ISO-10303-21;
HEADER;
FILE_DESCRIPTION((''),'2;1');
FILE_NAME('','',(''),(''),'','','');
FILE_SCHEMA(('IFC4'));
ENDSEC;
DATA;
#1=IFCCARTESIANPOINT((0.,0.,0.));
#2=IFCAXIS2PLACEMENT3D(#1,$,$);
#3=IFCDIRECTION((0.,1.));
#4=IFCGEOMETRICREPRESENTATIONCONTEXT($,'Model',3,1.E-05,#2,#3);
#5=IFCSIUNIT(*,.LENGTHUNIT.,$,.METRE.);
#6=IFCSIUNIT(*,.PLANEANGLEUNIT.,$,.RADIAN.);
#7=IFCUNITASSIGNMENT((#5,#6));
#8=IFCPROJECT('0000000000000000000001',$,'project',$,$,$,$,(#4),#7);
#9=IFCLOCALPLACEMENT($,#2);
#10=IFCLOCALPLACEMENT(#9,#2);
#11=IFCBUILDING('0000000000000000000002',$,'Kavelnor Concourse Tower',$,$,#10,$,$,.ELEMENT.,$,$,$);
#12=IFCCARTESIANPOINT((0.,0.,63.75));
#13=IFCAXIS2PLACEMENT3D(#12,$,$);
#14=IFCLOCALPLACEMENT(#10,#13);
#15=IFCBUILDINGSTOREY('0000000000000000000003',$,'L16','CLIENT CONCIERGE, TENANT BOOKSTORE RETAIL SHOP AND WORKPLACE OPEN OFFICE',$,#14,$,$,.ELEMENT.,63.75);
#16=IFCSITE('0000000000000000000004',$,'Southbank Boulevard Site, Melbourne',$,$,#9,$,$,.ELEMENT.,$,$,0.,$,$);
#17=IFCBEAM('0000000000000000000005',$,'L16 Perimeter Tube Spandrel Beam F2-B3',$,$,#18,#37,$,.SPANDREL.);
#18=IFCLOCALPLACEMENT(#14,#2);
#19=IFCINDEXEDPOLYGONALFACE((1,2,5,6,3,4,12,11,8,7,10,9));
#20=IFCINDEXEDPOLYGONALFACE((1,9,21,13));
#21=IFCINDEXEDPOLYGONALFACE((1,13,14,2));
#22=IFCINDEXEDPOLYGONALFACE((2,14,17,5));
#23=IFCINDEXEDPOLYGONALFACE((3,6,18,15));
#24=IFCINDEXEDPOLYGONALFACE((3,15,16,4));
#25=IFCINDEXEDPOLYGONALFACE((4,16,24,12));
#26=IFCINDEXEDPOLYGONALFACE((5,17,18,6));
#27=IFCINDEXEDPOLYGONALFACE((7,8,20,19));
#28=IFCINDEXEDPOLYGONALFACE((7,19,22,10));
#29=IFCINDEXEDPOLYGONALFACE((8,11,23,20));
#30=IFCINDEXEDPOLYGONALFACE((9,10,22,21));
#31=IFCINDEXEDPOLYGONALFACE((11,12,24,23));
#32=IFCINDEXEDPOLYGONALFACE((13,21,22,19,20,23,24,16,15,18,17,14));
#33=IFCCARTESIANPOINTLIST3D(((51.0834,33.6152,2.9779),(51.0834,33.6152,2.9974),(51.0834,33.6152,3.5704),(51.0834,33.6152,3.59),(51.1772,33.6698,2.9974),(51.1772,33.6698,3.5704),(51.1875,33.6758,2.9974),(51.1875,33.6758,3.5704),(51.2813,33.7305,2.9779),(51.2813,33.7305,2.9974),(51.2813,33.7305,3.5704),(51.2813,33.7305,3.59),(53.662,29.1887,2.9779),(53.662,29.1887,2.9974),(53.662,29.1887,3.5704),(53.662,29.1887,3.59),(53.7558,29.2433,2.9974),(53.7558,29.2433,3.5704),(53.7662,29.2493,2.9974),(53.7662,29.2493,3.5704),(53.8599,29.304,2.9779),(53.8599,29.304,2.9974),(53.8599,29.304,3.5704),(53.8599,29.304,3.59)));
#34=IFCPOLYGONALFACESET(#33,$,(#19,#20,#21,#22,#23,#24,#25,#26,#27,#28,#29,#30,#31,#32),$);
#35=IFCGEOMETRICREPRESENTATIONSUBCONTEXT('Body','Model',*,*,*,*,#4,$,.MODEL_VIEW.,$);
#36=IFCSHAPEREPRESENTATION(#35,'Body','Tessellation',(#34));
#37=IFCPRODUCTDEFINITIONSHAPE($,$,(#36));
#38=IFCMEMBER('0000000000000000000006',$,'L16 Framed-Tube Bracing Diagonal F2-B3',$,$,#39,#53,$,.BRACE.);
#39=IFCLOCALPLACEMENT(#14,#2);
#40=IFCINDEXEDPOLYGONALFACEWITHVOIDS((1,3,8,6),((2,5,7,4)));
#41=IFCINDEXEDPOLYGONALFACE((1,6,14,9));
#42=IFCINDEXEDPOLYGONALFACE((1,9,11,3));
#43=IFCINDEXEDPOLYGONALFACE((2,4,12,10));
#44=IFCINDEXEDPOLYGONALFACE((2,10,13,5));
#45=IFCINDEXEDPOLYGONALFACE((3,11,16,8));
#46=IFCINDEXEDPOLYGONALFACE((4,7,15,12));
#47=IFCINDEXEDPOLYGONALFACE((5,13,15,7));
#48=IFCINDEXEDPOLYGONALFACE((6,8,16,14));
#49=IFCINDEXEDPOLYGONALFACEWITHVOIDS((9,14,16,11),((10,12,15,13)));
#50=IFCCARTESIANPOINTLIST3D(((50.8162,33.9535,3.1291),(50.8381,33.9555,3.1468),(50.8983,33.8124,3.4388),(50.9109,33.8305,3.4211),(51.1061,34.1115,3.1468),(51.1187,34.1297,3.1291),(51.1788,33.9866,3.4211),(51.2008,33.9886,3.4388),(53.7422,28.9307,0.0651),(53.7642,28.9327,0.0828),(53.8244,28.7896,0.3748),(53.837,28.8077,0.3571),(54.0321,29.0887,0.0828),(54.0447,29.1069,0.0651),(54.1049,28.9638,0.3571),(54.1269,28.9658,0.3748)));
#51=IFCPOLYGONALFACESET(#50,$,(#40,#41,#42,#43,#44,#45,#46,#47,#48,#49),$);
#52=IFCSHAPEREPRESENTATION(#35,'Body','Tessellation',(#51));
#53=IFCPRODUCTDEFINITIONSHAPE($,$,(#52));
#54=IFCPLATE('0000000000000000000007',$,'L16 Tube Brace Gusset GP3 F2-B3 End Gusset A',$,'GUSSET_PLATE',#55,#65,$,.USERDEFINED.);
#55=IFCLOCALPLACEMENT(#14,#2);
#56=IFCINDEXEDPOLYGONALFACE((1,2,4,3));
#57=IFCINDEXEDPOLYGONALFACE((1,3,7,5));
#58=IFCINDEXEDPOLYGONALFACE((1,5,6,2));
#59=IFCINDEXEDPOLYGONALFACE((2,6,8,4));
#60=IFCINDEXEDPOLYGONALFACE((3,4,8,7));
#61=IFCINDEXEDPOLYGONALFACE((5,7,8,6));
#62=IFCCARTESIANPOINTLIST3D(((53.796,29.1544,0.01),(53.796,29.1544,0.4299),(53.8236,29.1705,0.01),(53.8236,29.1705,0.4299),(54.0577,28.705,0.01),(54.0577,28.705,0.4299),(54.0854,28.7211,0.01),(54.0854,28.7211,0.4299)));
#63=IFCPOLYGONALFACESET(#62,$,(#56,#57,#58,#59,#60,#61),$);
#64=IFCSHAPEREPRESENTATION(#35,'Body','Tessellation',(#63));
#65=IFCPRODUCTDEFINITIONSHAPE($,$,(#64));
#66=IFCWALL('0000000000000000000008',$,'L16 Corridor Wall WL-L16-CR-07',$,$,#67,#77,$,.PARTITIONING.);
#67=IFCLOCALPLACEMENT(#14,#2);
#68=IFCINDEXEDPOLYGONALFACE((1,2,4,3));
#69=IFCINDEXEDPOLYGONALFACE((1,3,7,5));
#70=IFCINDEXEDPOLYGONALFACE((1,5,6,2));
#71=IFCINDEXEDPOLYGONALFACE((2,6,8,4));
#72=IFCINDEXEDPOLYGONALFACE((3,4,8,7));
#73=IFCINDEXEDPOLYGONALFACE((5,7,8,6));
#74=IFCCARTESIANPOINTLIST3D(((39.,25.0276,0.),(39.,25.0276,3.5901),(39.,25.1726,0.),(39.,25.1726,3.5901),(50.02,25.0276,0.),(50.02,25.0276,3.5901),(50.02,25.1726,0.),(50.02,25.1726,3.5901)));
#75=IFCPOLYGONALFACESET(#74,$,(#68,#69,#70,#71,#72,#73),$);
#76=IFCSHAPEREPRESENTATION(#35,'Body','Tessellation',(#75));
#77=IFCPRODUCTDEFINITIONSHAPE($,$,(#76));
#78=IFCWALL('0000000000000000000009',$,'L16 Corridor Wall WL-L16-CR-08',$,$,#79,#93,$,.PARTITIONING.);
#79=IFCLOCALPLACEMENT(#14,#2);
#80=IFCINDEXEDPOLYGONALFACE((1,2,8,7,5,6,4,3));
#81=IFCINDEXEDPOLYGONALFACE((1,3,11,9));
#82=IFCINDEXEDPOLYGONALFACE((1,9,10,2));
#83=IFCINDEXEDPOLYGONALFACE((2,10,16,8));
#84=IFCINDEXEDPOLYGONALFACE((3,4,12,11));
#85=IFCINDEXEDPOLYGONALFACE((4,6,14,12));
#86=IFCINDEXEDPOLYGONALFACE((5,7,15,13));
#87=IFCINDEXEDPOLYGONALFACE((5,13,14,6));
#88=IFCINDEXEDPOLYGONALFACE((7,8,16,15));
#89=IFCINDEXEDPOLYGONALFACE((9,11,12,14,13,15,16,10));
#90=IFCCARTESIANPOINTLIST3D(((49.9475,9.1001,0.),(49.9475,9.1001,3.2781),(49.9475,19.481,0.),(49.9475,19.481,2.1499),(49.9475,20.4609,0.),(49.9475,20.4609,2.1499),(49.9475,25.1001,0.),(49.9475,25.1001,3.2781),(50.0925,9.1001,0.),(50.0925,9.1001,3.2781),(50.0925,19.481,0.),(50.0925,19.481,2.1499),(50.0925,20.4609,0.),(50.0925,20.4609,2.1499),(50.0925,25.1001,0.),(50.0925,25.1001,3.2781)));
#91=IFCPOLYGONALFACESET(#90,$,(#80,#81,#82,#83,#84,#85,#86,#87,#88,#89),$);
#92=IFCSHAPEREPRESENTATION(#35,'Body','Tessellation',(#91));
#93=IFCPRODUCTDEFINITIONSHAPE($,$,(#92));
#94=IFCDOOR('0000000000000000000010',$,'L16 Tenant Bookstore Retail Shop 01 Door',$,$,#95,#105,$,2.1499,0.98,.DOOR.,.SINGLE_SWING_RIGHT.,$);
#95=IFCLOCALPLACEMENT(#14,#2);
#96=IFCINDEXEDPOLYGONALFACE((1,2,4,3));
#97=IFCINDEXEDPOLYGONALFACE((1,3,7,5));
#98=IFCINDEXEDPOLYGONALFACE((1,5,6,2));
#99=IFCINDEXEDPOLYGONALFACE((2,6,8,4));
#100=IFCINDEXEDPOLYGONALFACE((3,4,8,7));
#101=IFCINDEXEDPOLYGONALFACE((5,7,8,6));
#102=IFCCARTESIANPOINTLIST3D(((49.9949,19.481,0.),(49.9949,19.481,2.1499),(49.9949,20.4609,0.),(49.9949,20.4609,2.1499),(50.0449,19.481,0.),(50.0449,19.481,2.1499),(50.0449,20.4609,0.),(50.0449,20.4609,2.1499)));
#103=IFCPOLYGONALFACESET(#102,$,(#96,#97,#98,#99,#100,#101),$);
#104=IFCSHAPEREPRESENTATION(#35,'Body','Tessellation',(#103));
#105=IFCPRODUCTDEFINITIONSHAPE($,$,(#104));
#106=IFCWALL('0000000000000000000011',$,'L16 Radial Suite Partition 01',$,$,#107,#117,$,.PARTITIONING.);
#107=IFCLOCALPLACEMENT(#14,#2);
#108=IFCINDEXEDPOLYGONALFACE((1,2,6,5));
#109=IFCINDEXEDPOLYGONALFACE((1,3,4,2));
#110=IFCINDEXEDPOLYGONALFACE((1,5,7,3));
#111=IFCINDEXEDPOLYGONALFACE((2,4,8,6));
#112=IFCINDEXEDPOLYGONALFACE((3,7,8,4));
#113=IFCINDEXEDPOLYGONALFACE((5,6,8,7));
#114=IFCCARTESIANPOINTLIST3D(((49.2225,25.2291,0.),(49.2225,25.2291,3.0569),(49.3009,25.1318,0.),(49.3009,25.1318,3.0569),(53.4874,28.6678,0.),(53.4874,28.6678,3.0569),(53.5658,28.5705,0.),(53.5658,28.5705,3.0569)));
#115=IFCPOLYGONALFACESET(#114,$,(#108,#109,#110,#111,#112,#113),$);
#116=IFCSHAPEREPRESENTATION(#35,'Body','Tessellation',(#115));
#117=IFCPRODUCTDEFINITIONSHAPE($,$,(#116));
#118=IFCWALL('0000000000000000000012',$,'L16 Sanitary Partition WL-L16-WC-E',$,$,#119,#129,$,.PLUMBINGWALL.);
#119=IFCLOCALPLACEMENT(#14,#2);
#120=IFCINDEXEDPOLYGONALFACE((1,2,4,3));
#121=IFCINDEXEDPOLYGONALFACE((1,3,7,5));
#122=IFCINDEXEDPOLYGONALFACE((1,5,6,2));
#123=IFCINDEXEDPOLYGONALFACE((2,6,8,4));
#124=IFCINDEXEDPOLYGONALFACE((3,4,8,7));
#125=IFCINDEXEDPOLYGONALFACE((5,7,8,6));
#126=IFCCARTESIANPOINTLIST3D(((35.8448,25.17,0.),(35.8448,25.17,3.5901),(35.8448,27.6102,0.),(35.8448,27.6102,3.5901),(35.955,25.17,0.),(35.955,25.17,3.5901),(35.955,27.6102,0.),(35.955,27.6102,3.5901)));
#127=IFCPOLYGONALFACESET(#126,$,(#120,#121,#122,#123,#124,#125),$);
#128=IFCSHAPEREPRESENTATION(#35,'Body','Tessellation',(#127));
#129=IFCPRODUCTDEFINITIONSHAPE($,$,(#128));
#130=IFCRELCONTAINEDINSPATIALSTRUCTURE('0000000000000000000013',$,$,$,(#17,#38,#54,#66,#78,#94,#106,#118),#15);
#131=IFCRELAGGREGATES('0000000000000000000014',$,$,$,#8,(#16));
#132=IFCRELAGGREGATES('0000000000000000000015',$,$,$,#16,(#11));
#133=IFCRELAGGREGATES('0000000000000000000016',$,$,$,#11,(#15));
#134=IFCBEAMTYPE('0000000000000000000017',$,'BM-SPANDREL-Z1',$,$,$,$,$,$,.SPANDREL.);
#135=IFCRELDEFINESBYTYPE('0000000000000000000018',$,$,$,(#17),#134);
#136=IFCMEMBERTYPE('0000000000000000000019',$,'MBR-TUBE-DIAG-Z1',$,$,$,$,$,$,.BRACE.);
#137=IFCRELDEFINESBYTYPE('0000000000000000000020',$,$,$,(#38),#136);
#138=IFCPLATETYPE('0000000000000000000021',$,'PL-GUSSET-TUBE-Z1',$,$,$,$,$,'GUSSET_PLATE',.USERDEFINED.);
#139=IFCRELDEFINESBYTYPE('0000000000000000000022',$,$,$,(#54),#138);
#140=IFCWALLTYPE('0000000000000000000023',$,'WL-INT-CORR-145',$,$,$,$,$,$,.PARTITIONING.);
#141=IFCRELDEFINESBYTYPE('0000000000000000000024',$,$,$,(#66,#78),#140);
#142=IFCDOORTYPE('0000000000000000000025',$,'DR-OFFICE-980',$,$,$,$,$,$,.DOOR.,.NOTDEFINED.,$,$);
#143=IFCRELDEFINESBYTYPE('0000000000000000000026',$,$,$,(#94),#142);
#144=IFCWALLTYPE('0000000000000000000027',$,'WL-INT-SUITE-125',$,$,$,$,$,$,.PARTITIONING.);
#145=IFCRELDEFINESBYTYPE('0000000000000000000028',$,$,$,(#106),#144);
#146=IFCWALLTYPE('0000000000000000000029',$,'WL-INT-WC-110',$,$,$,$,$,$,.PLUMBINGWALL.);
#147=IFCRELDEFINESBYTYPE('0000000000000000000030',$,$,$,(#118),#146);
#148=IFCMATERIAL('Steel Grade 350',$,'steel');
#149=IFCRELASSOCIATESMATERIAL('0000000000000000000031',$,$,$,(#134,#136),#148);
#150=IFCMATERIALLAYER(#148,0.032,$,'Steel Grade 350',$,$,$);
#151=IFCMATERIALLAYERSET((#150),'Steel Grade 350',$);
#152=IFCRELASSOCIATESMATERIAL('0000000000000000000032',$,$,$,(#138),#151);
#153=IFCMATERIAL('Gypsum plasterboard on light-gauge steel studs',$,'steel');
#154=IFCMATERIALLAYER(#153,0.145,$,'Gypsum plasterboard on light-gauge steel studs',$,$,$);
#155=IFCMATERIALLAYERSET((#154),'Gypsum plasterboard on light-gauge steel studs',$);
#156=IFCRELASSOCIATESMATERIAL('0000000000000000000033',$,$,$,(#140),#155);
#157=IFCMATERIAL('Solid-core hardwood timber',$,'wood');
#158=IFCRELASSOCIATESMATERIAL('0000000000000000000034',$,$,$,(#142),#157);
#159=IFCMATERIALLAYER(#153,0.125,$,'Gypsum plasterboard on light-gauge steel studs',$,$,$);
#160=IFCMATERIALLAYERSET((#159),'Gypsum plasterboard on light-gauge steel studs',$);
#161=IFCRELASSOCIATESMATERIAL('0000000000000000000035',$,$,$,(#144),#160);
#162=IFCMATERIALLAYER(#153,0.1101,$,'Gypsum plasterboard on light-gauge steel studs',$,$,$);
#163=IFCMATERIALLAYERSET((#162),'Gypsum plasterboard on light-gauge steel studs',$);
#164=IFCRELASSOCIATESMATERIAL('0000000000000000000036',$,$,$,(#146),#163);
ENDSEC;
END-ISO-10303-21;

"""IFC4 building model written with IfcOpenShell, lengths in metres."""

from ifc_helpers import new_model, si_unit, direction, frame, frame_2d, origin, origin_2d, place, context, subcontext, project, spatial, rectangle, hollow_rectangle, i_section, extrude, material, layer, layer_set, material_profile, profile_set, type_object, element, fill, save


model = new_model("IFC4")

# Units and contexts
model_context = context("Model", 3, precision=1e-05, world=origin(), true_north=direction((0.0, 1.0)))
body_context = subcontext(model_context, "Body", "Model", "MODEL_VIEW")
ifc_project = project(units=[si_unit("LENGTHUNIT", "METRE"), si_unit("PLANEANGLEUNIT", "RADIAN")], contexts=[model_context])

# Site, building, storey
site_placement = place(None, origin())
site = spatial("IfcSite", under=ifc_project, at=site_placement, Name="Southbank Boulevard Site, Melbourne", CompositionType="ELEMENT", RefElevation=0.0)
building_placement = place(site_placement, origin())
building = spatial("IfcBuilding", under=site, at=building_placement, Name="Kavelnor Concourse Tower", CompositionType="ELEMENT")
storey_placement = place(building_placement, frame((0.0, 0.0, 63.75)))
storey = spatial("IfcBuildingStorey", under=building, at=storey_placement, Name="L16", Description="CLIENT CONCIERGE, TENANT BOOKSTORE RETAIL SHOP AND WORKPLACE OPEN OFFICE", CompositionType="ELEMENT", Elevation=63.75)

# Shared definitions
ifc_material_1 = material(Name="Steel Grade 350", Category="steel")

# Beam
ifc_material_profile_1 = material_profile(ifc_material_1, i_section(OverallWidth=0.229, OverallDepth=0.6121, WebThickness=0.012, FlangeThickness=0.0195, at=origin_2d()), Name="610UB125")
ifc_profile_set_1 = profile_set([ifc_material_profile_1], Name="Steel Grade 350")
beam_type_1 = type_object("IfcBeamType", Name="BM-SPANDREL-Z1", PredefinedType="SPANDREL", material=ifc_profile_set_1)
beam_1_placement = place(storey_placement, frame((53.761, 29.2463, 3.2839), z_axis=(-0.503358, 0.864078, 0.0), x_axis=(-0.864078, -0.503358, 0.0)))
element("IfcBeam", 1, at=beam_1_placement, inside=storey, type_object=beam_type_1, Name="L16 Perimeter Tube Spandrel Beam F2-B3", PredefinedType="SPANDREL", context=body_context, shape_type="SweptSolid", body=[
    extrude(i_section(OverallWidth=0.229, OverallDepth=0.6121, WebThickness=0.012, FlangeThickness=0.0195, at=origin_2d()), origin(), (0.0, 0.0, 1.0), 5.1228),
])

# Member
ifc_material_profile_2 = material_profile(ifc_material_1, hollow_rectangle(XDim=0.3501, YDim=0.3501, WallThickness=0.02, at=origin_2d()), Name="SHS 350x350x20")
ifc_profile_set_2 = profile_set([ifc_material_profile_2], Name="Steel Grade 350")
member_type = type_object("IfcMemberType", Name="MBR-TUBE-DIAG-Z1", PredefinedType="BRACE", material=ifc_profile_set_2)
member_placement = place(storey_placement, frame((53.9346, 28.9482, 0.22), z_axis=(-0.445299, 0.764383, 0.466291), x_axis=(-0.86407, -0.503372, 0.0)))
element("IfcMember", 2, at=member_placement, inside=storey, type_object=member_type, Name="L16 Framed-Tube Bracing Diagonal F2-B3", PredefinedType="BRACE", context=body_context, shape_type="SweptSolid", body=[
    extrude(hollow_rectangle(XDim=0.3501, YDim=0.3501, WallThickness=0.02, at=origin_2d()), origin(), (0.0, 0.0, 1.0), 6.571),
])

# Plate
ifc_layer_1 = layer(ifc_material_1, 0.032, Name="Steel Grade 350")
ifc_layer_set_1 = layer_set([ifc_layer_1], Name="Steel Grade 350")
plate_type = type_object("IfcPlateType", Name="PL-GUSSET-TUBE-Z1", ElementType="GUSSET_PLATE", PredefinedType="USERDEFINED", material=ifc_layer_set_1)
plate_placement = place(storey_placement, frame((53.9407, 28.9377, 0.01), z_axis=(0.0, 0.0, 1.0), x_axis=(-0.503322, 0.864099, 0.0)))
element("IfcPlate", 3, at=plate_placement, inside=storey, type_object=plate_type, Name="L16 Tube Brace Gusset GP3 F2-B3 End Gusset A", ObjectType="GUSSET_PLATE", PredefinedType="USERDEFINED", context=body_context, shape_type="SweptSolid", body=[
    extrude(rectangle(XDim=0.52, YDim=0.032, at=origin_2d()), origin(), (0.0, 0.0, 1.0), 0.4199),
])

# Wall
ifc_material_2 = material(Name="Gypsum plasterboard on light-gauge steel studs", Category="steel")
ifc_layer_2 = layer(ifc_material_2, 0.145, Name="Gypsum plasterboard on light-gauge steel studs")
ifc_layer_set_2 = layer_set([ifc_layer_2], Name="Gypsum plasterboard on light-gauge steel studs")
wall_type_1 = type_object("IfcWallType", Name="WL-INT-CORR-145", PredefinedType="PARTITIONING", material=ifc_layer_set_2)
wall_1_placement = place(storey_placement, frame((39.0, 25.1001, 0.0), z_axis=(0.0, 0.0, 1.0), x_axis=(1.0, 0.0, 0.0)))
element("IfcWall", 4, at=wall_1_placement, inside=storey, type_object=wall_type_1, Name="L16 Corridor Wall WL-L16-CR-07", PredefinedType="PARTITIONING", context=body_context, shape_type="SweptSolid", body=[
    extrude(rectangle(XDim=11.02, YDim=0.145, at=frame_2d((5.51, 0.0))), origin(), (0.0, 0.0, 1.0), 3.5901),
])

# Wall, opening, door
wall_2_placement = place(storey_placement, frame((50.02, 25.1001, 0.0), z_axis=(0.0, 0.0, 1.0), x_axis=(0.0, -1.0, 0.0)))
wall_2 = element("IfcWall", 5, at=wall_2_placement, inside=storey, type_object=wall_type_1, Name="L16 Corridor Wall WL-L16-CR-08", PredefinedType="PARTITIONING", context=body_context, shape_type="SweptSolid", body=[
    extrude(rectangle(XDim=16.0, YDim=0.145, at=frame_2d((8.0, 0.0))), origin(), (0.0, 0.0, 1.0), 3.2781),
])
opening_placement = place(wall_2_placement, frame((4.6392, 0.0, 0.0)))
opening = element("IfcOpeningElement", 6, at=opening_placement, cuts=wall_2, PredefinedType="OPENING", context=body_context, shape_type="SweptSolid", body=[
    extrude(rectangle(XDim=0.98, YDim=2.1499, at=frame_2d((0.49, 1.075))), frame((0.0, 0.0825, 0.0), z_axis=(0.0, -1.0, 0.0), x_axis=(1.0, 0.0, 0.0)), (0.0, 0.0, 1.0), 0.165),
])
ifc_material_3 = material(Name="Solid-core hardwood timber", Category="wood")
door_type = type_object("IfcDoorType", Name="DR-OFFICE-980", OperationType="NOTDEFINED", PredefinedType="DOOR", material=ifc_material_3)
door_placement = place(opening_placement, origin())
door = element("IfcDoor", 7, at=door_placement, inside=storey, type_object=door_type, Name="L16 Tenant Bookstore Retail Shop 01 Door", OperationType="SINGLE_SWING_RIGHT", OverallHeight=2.1499, OverallWidth=0.98, PredefinedType="DOOR", context=body_context, shape_type="SweptSolid", body=[
    extrude(rectangle(XDim=0.98, YDim=2.1499, at=frame_2d((0.49, 1.075))), frame((0.0, 0.0249, 0.0), z_axis=(0.0, -1.0, 0.0), x_axis=(1.0, 0.0, 0.0)), (0.0, 0.0, 1.0), 0.05),
])
fill(opening, door)

# Walls
ifc_layer_3 = layer(ifc_material_2, 0.125, Name="Gypsum plasterboard on light-gauge steel studs")
ifc_layer_set_3 = layer_set([ifc_layer_3], Name="Gypsum plasterboard on light-gauge steel studs")
wall_type_2 = type_object("IfcWallType", Name="WL-INT-SUITE-125", PredefinedType="PARTITIONING", material=ifc_layer_set_3)
wall_3_placement = place(storey_placement, frame((49.2617, 25.1804, 0.0), z_axis=(0.0, 0.0, 1.0), x_axis=(0.778476, 0.627674, 0.0)))
element("IfcWall", 8, at=wall_3_placement, inside=storey, type_object=wall_type_2, Name="L16 Radial Suite Partition 01", PredefinedType="PARTITIONING", context=body_context, shape_type="SweptSolid", body=[
    extrude(rectangle(XDim=5.4785, YDim=0.125, at=frame_2d((2.7393, 0.0))), origin(), (0.0, 0.0, 1.0), 3.0569),
])
ifc_layer_4 = layer(ifc_material_2, 0.1101, Name="Gypsum plasterboard on light-gauge steel studs")
ifc_layer_set_4 = layer_set([ifc_layer_4], Name="Gypsum plasterboard on light-gauge steel studs")
wall_type_3 = type_object("IfcWallType", Name="WL-INT-WC-110", PredefinedType="PLUMBINGWALL", material=ifc_layer_set_4)
wall_4_placement = place(storey_placement, frame((35.8999, 25.1699, 0.0), z_axis=(0.0, 0.0, 1.0), x_axis=(0.0, 1.0, 0.0)))
element("IfcWall", 9, at=wall_4_placement, inside=storey, type_object=wall_type_3, Name="L16 Sanitary Partition WL-L16-WC-E", PredefinedType="PLUMBINGWALL", context=body_context, shape_type="SweptSolid", body=[
    extrude(rectangle(XDim=2.4402, YDim=0.1101, at=frame_2d((1.2202, 0.0))), origin(), (0.0, 0.0, 1.0), 3.5901),
])

save(model, "model.ifc")
